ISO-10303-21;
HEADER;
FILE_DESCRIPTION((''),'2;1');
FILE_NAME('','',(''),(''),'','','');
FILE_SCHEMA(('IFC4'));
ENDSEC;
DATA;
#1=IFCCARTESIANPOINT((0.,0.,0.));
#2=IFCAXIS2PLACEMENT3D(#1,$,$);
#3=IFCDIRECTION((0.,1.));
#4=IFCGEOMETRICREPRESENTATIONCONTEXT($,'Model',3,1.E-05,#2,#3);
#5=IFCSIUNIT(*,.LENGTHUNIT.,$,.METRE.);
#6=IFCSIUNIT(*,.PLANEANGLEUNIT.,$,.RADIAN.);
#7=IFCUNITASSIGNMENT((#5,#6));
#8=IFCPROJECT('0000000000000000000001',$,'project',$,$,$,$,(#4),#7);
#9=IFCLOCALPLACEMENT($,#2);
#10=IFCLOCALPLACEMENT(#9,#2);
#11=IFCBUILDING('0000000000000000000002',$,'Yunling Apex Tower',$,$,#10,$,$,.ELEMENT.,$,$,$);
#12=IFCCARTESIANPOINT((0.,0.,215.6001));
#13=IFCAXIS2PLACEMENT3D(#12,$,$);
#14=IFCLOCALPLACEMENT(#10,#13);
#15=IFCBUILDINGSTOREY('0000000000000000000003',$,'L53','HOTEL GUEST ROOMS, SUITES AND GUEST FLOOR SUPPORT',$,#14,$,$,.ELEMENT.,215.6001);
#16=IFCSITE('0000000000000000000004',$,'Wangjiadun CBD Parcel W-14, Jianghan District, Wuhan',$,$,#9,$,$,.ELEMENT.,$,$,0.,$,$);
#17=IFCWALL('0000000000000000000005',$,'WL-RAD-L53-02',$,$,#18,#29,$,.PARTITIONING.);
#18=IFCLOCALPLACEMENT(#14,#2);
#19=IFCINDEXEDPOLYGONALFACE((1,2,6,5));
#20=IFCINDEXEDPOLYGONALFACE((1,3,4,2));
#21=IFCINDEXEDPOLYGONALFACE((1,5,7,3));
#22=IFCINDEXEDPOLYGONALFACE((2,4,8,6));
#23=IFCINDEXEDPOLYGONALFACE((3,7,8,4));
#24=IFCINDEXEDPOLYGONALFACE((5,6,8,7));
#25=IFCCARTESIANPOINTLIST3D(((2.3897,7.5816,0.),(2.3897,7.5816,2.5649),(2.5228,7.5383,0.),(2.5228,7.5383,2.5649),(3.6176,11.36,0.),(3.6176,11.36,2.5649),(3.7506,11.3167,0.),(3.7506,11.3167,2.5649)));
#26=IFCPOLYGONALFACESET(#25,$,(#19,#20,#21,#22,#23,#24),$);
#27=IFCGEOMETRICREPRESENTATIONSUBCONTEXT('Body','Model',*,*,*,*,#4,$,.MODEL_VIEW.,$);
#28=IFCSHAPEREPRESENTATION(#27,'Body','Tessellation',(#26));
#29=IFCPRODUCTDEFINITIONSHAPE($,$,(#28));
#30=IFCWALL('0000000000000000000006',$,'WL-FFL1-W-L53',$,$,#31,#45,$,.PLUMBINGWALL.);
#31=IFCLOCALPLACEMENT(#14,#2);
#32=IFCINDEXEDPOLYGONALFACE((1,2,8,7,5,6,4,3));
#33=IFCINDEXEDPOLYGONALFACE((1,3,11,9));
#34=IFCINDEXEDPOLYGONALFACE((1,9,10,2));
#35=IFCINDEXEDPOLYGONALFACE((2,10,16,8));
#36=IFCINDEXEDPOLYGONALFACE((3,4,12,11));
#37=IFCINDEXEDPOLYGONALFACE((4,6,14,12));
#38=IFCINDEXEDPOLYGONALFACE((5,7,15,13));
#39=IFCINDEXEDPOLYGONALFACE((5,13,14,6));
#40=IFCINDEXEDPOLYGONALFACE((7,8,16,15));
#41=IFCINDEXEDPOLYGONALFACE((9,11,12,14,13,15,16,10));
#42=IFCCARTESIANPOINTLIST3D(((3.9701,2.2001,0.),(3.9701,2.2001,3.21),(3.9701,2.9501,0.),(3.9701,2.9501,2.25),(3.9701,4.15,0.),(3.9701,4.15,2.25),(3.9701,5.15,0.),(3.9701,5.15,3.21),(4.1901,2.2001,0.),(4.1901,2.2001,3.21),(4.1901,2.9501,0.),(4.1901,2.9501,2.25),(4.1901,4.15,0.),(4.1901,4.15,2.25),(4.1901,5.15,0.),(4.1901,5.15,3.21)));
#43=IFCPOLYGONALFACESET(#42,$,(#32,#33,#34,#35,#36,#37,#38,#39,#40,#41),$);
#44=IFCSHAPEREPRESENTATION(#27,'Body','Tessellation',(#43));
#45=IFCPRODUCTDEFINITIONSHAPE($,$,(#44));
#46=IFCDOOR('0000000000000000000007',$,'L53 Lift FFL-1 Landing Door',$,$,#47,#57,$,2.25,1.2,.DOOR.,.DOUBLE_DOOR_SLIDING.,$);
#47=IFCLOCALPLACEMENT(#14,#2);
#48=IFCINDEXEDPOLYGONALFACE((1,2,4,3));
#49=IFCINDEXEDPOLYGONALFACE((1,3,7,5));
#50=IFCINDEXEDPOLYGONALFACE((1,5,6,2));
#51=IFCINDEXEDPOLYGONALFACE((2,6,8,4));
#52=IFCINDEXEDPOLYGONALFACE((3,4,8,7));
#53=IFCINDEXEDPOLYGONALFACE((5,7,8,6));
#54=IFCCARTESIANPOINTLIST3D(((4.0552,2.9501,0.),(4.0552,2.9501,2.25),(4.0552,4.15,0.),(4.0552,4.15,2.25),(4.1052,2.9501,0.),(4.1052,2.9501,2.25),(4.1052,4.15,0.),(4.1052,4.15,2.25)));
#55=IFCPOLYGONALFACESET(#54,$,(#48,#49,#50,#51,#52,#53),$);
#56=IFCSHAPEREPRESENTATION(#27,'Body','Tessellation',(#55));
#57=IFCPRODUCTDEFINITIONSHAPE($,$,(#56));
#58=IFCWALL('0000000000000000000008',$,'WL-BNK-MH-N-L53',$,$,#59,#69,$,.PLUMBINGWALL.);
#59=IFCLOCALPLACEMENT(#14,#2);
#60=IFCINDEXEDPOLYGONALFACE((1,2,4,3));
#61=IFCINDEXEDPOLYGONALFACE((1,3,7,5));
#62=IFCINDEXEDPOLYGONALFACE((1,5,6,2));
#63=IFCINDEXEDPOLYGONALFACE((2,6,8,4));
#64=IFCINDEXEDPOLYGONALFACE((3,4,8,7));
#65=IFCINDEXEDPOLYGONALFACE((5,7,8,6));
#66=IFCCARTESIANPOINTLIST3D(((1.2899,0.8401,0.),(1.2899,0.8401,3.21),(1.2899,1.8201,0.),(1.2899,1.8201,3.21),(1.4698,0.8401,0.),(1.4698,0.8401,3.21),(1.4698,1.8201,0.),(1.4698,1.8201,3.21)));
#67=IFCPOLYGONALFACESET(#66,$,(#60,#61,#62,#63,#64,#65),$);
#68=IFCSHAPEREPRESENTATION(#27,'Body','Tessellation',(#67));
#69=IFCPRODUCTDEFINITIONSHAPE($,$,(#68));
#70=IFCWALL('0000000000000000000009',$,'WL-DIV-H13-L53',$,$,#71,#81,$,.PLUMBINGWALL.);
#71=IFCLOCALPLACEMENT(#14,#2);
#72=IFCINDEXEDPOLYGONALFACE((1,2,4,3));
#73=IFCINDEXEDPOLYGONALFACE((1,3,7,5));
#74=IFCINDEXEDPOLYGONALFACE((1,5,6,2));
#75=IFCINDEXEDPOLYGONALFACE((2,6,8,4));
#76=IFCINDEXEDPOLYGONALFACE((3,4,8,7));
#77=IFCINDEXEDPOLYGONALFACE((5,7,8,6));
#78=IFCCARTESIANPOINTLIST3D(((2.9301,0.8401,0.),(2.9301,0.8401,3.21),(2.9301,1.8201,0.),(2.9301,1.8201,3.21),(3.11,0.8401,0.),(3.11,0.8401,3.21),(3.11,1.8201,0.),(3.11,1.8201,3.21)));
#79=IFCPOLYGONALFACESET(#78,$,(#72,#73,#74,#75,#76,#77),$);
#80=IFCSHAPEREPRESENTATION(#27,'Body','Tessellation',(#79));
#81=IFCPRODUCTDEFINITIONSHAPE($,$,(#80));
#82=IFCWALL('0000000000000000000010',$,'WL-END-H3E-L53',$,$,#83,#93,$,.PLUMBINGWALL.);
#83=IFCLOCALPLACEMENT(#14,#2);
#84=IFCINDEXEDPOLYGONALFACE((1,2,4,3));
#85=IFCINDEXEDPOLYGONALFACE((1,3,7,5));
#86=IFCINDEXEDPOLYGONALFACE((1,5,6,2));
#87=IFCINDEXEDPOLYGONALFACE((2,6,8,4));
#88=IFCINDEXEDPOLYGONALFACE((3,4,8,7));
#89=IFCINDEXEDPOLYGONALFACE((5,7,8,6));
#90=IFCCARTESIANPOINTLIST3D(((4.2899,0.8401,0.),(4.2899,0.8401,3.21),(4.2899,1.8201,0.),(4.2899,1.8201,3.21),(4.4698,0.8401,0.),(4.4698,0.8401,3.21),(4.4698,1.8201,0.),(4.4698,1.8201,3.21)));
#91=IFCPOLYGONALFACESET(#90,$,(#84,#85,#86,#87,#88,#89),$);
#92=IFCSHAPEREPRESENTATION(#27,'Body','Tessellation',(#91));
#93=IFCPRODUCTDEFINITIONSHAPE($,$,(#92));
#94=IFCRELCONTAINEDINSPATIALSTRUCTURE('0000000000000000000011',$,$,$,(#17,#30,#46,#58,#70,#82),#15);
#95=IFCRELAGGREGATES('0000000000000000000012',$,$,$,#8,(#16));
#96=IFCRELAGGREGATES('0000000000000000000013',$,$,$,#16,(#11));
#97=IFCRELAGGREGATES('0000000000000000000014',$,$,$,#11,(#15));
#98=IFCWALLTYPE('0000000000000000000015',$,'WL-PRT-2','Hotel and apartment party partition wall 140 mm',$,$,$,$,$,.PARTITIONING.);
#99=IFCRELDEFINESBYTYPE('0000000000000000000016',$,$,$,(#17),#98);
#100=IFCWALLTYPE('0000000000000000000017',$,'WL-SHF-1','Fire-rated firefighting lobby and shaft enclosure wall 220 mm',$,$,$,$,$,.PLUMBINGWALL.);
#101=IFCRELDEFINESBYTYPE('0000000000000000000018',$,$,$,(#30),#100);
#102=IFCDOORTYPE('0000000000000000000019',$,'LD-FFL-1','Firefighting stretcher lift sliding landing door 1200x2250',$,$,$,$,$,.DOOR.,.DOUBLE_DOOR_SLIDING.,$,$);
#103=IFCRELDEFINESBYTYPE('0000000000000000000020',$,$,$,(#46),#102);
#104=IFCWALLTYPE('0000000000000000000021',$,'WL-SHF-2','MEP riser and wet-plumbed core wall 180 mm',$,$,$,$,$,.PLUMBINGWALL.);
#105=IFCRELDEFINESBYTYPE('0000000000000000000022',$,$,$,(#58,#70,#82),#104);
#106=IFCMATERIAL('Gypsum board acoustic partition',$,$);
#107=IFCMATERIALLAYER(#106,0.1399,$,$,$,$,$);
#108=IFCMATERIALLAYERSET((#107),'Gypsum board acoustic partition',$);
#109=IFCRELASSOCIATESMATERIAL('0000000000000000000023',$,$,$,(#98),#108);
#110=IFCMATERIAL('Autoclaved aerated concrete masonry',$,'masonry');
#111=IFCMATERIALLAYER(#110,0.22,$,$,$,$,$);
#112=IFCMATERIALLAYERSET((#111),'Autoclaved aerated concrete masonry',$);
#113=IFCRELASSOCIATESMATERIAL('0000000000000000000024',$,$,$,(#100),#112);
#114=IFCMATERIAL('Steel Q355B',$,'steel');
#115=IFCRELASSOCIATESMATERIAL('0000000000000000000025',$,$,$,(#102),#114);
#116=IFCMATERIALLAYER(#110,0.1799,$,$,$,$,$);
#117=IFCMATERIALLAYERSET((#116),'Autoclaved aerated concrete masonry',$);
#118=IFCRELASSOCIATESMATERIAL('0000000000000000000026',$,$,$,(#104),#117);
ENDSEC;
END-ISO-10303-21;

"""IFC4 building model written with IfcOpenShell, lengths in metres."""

from ifc_helpers import new_model, si_unit, direction, frame, frame_2d, origin, place, context, subcontext, project, spatial, rectangle, extrude, material, layer, layer_set, type_object, element, fill, save


model = new_model("IFC4")

# Units and contexts
model_context = context("Model", 3, precision=1e-05, world=origin(), true_north=direction((0.0, 1.0)))
body_context = subcontext(model_context, "Body", "Model", "MODEL_VIEW")
ifc_project = project(units=[si_unit("LENGTHUNIT", "METRE"), si_unit("PLANEANGLEUNIT", "RADIAN")], contexts=[model_context])

# Site, building, storey
site_placement = place(None, origin())
site = spatial("IfcSite", under=ifc_project, at=site_placement, Name="Wangjiadun CBD Parcel W-14, Jianghan District, Wuhan", CompositionType="ELEMENT", RefElevation=0.0)
building_placement = place(site_placement, origin())
building = spatial("IfcBuilding", under=site, at=building_placement, Name="Yunling Apex Tower", CompositionType="ELEMENT")
storey_placement = place(building_placement, frame((0.0, 0.0, 215.6001)))
storey = spatial("IfcBuildingStorey", under=building, at=storey_placement, Name="L53", Description="HOTEL GUEST ROOMS, SUITES AND GUEST FLOOR SUPPORT", CompositionType="ELEMENT", Elevation=215.6001)

# Shared definitions
ifc_material_1 = material(Name="Steel Q355B", Category="steel")

# Wall
ifc_material_2 = material(Name="Gypsum board acoustic partition")
ifc_layer_1 = layer(ifc_material_2, 0.1399)
ifc_layer_set_1 = layer_set([ifc_layer_1], Name="Gypsum board acoustic partition")
wall_type_1 = type_object("IfcWallType", Name="WL-PRT-2", Description="Hotel and apartment party partition wall 140 mm", PredefinedType="PARTITIONING", material=ifc_layer_set_1)
wall_1_placement = place(storey_placement, frame((2.4563, 7.5601, 0.0), z_axis=(0.0, 0.0, 1.0), x_axis=(0.309047, 0.951047, 0.0)))
element("IfcWall", 1, at=wall_1_placement, inside=storey, type_object=wall_type_1, Name="WL-RAD-L53-02", PredefinedType="PARTITIONING", context=body_context, shape_type="SweptSolid", body=[
    extrude(rectangle(XDim=3.9729, YDim=0.1399, at=frame_2d((1.9863, 0.0))), origin(), (0.0, 0.0, 1.0), 2.5649),
])

# Wall, opening, door
ifc_material_3 = material(Name="Autoclaved aerated concrete masonry", Category="masonry")
ifc_layer_2 = layer(ifc_material_3, 0.22)
ifc_layer_set_2 = layer_set([ifc_layer_2], Name="Autoclaved aerated concrete masonry")
wall_type_2 = type_object("IfcWallType", Name="WL-SHF-1", Description="Fire-rated firefighting lobby and shaft enclosure wall 220 mm", PredefinedType="PLUMBINGWALL", material=ifc_layer_set_2)
wall_2_placement = place(storey_placement, frame((4.0801, 2.2, 0.0), z_axis=(0.0, 0.0, 1.0), x_axis=(0.0, 1.0, 0.0)))
wall_2 = element("IfcWall", 2, at=wall_2_placement, inside=storey, type_object=wall_type_2, Name="WL-FFL1-W-L53", PredefinedType="PLUMBINGWALL", context=body_context, shape_type="SweptSolid", body=[
    extrude(rectangle(XDim=2.95, YDim=0.22, at=frame_2d((1.4751, 0.0))), origin(), (0.0, 0.0, 1.0), 3.21),
])
opening_1_placement = place(wall_2_placement, frame((0.75, 0.0, 0.0)))
opening_1 = element("IfcOpeningElement", 3, at=opening_1_placement, cuts=wall_2, PredefinedType="OPENING", context=body_context, shape_type="SweptSolid", body=[
    extrude(rectangle(XDim=1.2, YDim=2.25, at=frame_2d((0.6001, 1.125))), frame((0.0, 0.1201, 0.0), z_axis=(0.0, -1.0, 0.0), x_axis=(1.0, 0.0, 0.0)), (0.0, 0.0, 1.0), 0.24),
])
door_type_1 = type_object("IfcDoorType", Name="LD-FFL-1", Description="Firefighting stretcher lift sliding landing door 1200x2250", OperationType="DOUBLE_DOOR_SLIDING", PredefinedType="DOOR", material=ifc_material_1)
door_1_placement = place(opening_1_placement, origin())
door_1 = element("IfcDoor", 4, at=door_1_placement, inside=storey, type_object=door_type_1, Name="L53 Lift FFL-1 Landing Door", OperationType="DOUBLE_DOOR_SLIDING", OverallHeight=2.25, OverallWidth=1.2, PredefinedType="DOOR", context=body_context, shape_type="SweptSolid", body=[
    extrude(rectangle(XDim=1.2, YDim=2.25, at=frame_2d((0.6001, 1.125))), frame((0.0, 0.0249, 0.0), z_axis=(0.0, -1.0, 0.0), x_axis=(1.0, 0.0, 0.0)), (0.0, 0.0, 1.0), 0.05),
])
fill(opening_1, door_1)

# Walls
ifc_layer_3 = layer(ifc_material_3, 0.1799)
ifc_layer_set_3 = layer_set([ifc_layer_3], Name="Autoclaved aerated concrete masonry")
wall_type_3 = type_object("IfcWallType", Name="WL-SHF-2", Description="MEP riser and wet-plumbed core wall 180 mm", PredefinedType="PLUMBINGWALL", material=ifc_layer_set_3)
for number, where, z_axis, x_axis, name in (
    (5, (1.3799, 0.8401, 0.0), (0.0, 0.0, 1.0), (0.0, 1.0, 0.0), "WL-BNK-MH-N-L53"),
    (6, (3.02, 0.8401, 0.0), (0.0, 0.0, 1.0), (0.0, 1.0, 0.0), "WL-DIV-H13-L53"),
    (7, (4.3799, 0.8401, 0.0), (0.0, 0.0, 1.0), (0.0, 1.0, 0.0), "WL-END-H3E-L53"),
):
    element("IfcWall", number, at=place(storey_placement, frame(where, z_axis=z_axis, x_axis=x_axis)), inside=storey, type_object=wall_type_3, Name=name, PredefinedType="PLUMBINGWALL", context=body_context, shape_type="SweptSolid", body=[
        extrude(rectangle(XDim=0.98, YDim=0.1799, at=frame_2d((0.49, 0.0))), origin(), (0.0, 0.0, 1.0), 3.21),
    ])

save(model, "model.ifc")
